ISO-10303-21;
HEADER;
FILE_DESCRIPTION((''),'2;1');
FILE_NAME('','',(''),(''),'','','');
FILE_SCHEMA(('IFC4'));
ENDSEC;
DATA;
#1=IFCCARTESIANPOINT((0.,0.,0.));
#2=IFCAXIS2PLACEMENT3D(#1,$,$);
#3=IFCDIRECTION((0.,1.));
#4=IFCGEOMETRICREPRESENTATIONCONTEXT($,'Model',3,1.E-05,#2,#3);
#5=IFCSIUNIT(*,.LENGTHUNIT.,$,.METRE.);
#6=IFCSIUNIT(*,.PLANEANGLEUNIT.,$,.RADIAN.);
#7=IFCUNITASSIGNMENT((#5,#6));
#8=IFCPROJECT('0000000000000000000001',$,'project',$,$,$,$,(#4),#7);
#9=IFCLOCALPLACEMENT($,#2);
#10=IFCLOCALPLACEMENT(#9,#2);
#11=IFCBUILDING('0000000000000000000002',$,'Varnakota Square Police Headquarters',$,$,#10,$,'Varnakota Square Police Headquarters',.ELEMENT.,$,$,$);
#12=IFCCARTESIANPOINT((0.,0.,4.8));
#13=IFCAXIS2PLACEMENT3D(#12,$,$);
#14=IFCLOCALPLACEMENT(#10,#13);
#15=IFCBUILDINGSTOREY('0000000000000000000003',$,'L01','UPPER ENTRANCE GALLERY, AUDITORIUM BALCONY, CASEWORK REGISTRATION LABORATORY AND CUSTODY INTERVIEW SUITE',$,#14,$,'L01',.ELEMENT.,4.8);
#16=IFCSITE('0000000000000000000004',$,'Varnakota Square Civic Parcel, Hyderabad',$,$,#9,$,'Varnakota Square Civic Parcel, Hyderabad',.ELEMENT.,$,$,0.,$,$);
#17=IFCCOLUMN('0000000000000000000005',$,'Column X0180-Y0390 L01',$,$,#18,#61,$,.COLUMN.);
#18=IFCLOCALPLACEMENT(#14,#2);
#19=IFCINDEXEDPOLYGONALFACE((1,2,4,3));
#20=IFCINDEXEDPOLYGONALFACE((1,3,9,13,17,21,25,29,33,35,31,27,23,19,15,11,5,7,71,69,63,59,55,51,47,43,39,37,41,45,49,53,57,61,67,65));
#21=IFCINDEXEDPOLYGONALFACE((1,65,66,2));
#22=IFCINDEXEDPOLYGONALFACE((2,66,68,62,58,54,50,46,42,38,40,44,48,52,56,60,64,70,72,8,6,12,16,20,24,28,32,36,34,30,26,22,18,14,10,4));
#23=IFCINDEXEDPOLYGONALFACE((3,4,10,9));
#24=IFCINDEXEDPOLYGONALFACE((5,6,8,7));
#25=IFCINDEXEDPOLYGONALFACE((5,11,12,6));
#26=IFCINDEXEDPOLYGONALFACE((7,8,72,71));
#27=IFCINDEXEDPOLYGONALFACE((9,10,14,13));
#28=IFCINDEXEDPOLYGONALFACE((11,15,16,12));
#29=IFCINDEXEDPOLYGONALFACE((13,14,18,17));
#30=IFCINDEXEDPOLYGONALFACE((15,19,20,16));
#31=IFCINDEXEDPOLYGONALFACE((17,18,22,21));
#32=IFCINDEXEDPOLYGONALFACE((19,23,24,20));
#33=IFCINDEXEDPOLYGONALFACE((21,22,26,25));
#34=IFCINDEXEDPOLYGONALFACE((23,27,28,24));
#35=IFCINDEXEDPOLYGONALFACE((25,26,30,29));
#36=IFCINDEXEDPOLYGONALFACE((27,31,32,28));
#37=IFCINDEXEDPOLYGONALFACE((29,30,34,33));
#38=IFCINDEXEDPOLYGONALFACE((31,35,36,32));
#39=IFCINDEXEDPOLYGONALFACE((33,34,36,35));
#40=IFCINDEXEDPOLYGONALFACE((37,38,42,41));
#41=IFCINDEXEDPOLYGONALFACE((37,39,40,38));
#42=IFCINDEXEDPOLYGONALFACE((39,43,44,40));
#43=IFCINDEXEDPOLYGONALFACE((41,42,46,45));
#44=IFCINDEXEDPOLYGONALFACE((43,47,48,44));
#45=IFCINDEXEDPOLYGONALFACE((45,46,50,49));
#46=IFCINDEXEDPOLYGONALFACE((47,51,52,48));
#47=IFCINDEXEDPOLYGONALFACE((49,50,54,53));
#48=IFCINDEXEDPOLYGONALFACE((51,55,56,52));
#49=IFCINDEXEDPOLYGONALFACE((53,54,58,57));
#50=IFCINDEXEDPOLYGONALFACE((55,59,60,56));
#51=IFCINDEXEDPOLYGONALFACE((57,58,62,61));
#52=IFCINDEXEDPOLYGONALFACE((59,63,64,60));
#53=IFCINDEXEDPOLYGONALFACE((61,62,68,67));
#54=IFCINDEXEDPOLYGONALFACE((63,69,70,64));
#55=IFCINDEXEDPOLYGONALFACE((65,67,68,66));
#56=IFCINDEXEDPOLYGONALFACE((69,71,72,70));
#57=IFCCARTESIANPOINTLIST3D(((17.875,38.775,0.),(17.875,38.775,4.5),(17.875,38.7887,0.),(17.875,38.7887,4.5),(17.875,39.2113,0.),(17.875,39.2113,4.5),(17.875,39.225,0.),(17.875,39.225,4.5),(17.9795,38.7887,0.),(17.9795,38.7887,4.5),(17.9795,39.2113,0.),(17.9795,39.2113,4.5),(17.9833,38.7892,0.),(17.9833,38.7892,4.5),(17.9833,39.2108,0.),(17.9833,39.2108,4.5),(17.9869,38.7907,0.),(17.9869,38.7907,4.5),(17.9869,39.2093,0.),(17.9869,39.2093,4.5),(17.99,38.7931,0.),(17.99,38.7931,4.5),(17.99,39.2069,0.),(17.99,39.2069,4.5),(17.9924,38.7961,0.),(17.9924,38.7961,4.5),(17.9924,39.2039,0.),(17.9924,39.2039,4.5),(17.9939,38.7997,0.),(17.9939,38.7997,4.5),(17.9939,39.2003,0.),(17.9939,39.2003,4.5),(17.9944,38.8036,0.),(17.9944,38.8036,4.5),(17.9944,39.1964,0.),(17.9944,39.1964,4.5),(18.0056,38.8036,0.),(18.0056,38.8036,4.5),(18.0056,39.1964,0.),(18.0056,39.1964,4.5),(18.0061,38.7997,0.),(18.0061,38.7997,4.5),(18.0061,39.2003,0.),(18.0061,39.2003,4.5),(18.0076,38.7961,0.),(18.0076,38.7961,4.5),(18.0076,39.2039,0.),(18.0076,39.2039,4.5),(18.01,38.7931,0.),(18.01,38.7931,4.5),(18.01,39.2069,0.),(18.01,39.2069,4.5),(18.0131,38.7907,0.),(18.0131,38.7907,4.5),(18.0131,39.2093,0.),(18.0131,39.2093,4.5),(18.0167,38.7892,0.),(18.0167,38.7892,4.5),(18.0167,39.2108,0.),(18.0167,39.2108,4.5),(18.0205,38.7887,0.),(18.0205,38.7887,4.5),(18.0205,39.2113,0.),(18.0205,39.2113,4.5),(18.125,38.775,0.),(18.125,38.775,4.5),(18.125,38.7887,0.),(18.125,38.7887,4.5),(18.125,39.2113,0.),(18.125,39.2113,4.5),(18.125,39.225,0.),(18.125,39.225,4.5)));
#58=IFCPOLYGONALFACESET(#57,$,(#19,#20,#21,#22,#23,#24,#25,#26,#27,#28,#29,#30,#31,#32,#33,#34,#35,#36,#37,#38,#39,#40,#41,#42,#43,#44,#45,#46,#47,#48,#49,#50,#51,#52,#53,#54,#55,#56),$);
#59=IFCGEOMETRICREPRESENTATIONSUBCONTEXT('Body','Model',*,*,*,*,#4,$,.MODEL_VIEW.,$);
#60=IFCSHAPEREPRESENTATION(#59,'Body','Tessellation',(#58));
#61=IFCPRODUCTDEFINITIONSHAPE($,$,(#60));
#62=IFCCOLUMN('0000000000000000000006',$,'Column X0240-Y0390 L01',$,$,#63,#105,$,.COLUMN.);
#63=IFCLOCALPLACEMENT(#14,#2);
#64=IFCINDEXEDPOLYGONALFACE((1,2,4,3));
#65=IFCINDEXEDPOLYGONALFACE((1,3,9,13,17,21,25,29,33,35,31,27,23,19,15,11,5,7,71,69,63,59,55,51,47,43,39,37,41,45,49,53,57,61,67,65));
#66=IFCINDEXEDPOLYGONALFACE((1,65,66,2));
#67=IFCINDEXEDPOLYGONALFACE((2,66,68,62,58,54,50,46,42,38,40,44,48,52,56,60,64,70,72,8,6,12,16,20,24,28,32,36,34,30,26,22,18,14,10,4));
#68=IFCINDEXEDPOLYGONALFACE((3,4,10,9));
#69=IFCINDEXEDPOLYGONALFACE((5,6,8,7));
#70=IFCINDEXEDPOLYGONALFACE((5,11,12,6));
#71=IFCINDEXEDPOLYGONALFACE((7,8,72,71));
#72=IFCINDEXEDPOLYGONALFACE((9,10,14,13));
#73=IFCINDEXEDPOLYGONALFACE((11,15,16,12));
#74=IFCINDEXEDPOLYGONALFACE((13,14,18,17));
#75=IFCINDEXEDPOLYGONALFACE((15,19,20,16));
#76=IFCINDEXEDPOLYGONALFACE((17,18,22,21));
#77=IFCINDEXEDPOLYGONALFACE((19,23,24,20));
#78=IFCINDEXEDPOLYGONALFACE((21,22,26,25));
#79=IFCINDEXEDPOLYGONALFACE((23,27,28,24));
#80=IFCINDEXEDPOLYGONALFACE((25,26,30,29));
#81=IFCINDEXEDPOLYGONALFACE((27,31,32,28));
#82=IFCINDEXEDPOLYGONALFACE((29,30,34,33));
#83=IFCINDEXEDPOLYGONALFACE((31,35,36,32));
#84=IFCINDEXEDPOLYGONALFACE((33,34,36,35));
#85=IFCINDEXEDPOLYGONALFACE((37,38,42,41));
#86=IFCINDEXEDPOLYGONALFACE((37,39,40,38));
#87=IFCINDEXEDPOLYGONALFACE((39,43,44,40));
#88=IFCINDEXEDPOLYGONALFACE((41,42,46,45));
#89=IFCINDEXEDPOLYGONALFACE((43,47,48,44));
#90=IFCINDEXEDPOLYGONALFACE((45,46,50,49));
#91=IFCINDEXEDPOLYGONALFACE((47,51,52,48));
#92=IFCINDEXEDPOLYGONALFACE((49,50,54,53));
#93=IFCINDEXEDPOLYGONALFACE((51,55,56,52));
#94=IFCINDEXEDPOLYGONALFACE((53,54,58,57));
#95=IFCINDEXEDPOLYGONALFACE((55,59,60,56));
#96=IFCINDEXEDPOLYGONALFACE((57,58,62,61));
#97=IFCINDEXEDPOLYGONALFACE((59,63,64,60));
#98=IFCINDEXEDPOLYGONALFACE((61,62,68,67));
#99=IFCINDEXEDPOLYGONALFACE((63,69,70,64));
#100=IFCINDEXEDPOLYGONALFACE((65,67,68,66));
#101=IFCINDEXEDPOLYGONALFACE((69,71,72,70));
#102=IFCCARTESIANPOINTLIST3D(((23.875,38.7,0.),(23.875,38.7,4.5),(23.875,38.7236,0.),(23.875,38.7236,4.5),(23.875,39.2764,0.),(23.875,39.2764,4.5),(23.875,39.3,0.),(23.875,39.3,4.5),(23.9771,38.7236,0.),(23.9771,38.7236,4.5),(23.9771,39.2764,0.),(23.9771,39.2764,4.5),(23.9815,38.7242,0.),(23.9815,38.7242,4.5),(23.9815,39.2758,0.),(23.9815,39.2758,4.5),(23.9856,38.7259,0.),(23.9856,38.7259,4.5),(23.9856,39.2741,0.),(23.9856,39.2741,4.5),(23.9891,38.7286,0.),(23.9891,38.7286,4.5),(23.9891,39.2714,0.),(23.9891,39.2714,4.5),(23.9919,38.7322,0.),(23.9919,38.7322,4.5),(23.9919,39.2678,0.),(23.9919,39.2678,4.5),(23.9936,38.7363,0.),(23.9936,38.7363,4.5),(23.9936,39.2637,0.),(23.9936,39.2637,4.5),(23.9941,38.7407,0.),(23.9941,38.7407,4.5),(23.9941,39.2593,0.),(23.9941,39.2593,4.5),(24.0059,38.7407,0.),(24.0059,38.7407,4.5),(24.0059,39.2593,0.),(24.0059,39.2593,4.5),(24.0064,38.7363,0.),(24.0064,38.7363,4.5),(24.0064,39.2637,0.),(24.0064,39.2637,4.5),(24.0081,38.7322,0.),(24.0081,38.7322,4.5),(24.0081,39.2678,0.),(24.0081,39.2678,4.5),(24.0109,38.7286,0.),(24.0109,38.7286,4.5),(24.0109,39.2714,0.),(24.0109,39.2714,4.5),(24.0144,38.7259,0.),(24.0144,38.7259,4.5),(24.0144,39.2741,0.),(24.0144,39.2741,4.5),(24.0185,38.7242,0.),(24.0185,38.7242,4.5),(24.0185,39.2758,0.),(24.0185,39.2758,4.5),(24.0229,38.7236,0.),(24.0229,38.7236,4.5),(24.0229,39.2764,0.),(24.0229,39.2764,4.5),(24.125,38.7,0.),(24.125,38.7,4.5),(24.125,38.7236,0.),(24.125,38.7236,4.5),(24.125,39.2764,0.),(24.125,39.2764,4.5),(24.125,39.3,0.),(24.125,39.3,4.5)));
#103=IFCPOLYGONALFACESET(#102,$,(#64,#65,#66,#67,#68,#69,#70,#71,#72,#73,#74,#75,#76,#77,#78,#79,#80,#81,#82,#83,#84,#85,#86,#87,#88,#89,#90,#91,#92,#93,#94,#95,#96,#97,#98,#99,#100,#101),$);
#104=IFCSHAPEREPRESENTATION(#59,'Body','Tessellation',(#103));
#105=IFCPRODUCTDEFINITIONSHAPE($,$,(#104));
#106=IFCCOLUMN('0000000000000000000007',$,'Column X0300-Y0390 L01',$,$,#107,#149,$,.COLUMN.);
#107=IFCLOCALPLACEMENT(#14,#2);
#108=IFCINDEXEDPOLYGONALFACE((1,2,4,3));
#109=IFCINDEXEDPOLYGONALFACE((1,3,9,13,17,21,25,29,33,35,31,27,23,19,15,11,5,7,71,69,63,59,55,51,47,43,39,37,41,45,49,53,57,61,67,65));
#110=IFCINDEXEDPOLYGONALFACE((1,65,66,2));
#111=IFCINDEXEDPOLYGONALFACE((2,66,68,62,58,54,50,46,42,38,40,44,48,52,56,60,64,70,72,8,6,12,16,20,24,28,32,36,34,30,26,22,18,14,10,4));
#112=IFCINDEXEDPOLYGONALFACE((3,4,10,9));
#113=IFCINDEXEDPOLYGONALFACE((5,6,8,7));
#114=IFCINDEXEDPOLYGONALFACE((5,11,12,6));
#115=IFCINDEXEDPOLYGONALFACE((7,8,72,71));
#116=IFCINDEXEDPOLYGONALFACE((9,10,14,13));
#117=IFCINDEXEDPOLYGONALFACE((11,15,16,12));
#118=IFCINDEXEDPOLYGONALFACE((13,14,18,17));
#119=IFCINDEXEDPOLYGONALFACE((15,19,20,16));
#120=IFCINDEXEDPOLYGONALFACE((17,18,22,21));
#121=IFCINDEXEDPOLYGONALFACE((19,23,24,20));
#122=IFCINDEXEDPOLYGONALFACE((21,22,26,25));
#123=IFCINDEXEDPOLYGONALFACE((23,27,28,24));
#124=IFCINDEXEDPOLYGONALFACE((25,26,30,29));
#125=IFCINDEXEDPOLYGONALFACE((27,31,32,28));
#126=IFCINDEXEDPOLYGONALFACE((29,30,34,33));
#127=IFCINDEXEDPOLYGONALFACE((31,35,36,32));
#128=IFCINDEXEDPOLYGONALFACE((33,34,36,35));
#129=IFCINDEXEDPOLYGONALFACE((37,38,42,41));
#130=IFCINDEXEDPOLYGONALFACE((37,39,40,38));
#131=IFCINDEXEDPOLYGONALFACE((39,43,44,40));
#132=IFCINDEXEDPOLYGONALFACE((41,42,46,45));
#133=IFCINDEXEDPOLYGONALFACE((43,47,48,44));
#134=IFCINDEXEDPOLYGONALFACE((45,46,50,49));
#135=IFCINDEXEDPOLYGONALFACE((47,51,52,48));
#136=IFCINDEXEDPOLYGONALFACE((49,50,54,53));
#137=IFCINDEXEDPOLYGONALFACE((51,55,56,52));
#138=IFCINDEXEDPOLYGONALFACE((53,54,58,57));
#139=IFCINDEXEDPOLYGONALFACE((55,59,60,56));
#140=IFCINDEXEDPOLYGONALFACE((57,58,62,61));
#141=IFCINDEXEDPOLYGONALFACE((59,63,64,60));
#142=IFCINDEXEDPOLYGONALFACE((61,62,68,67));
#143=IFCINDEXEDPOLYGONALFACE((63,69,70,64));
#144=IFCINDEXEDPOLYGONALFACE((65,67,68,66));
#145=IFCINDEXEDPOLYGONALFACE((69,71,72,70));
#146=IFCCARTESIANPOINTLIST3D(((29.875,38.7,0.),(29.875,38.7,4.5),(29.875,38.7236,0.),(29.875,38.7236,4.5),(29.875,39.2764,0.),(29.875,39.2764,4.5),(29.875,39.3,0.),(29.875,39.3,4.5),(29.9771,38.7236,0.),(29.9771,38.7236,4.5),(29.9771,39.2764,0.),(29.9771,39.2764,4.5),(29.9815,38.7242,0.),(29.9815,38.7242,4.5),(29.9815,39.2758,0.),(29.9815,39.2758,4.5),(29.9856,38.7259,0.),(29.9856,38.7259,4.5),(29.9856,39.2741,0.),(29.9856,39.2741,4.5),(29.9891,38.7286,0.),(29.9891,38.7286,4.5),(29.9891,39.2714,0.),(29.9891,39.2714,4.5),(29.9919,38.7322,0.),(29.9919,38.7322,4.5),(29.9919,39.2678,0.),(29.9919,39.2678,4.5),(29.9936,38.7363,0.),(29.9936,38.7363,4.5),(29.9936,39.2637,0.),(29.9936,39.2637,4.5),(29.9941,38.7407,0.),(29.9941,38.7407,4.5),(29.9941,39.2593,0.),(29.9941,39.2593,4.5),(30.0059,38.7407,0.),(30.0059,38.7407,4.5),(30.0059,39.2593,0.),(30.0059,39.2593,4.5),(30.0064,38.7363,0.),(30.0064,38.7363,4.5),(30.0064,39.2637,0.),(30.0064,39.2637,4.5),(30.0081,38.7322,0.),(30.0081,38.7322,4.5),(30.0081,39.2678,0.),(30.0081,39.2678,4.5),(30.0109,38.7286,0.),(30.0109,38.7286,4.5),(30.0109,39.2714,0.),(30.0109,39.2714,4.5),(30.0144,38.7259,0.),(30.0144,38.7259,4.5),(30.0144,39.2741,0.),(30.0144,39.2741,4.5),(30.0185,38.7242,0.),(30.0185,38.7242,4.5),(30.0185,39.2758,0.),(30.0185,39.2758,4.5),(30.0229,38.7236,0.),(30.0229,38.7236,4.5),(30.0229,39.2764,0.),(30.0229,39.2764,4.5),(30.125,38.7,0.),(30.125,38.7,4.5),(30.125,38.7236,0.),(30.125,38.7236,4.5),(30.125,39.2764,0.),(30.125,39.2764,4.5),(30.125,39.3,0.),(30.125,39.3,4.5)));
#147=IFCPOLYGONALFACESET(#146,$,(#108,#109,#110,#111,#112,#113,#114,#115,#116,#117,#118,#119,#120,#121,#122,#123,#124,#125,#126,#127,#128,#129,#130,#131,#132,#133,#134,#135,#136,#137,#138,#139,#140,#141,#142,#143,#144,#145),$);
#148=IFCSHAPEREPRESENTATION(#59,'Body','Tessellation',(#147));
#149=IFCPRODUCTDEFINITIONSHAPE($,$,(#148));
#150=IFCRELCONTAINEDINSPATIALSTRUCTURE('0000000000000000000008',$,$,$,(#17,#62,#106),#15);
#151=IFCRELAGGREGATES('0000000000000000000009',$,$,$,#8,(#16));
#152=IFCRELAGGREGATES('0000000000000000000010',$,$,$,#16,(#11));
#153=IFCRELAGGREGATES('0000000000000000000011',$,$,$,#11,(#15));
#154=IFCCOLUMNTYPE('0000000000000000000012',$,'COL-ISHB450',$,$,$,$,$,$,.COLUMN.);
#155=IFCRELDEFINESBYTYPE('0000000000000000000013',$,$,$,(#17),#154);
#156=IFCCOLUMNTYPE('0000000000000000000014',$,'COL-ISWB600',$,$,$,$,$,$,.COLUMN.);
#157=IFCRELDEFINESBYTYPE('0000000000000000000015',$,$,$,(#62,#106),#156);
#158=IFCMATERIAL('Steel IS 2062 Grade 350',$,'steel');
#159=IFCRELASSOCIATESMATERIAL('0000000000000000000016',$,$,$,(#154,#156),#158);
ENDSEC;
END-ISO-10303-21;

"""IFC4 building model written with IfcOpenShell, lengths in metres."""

from ifc_helpers import new_model, si_unit, direction, frame, origin, origin_2d, place, context, subcontext, project, spatial, i_section, extrude, material, material_profile, profile_set, type_object, element, save


model = new_model("IFC4")

# Units and contexts
model_context = context("Model", 3, precision=1e-05, world=origin(), true_north=direction((0.0, 1.0)))
body_context = subcontext(model_context, "Body", "Model", "MODEL_VIEW")
ifc_project = project(units=[si_unit("LENGTHUNIT", "METRE"), si_unit("PLANEANGLEUNIT", "RADIAN")], contexts=[model_context])

# Site, building, storey
site_placement = place(None, origin())
site = spatial("IfcSite", under=ifc_project, at=site_placement, Name="Varnakota Square Civic Parcel, Hyderabad", LongName="Varnakota Square Civic Parcel, Hyderabad", CompositionType="ELEMENT", RefElevation=0.0)
building_placement = place(site_placement, origin())
building = spatial("IfcBuilding", under=site, at=building_placement, Name="Varnakota Square Police Headquarters", LongName="Varnakota Square Police Headquarters", CompositionType="ELEMENT")
storey_placement = place(building_placement, frame((0.0, 0.0, 4.8)))
storey = spatial("IfcBuildingStorey", under=building, at=storey_placement, Name="L01", Description="UPPER ENTRANCE GALLERY, AUDITORIUM BALCONY, CASEWORK REGISTRATION LABORATORY AND CUSTODY INTERVIEW SUITE", LongName="L01", CompositionType="ELEMENT", Elevation=4.8)

# Columns
ifc_material_1 = material(Name="Steel IS 2062 Grade 350", Category="steel")
ifc_material_profile_1 = material_profile(ifc_material_1, i_section(OverallWidth=0.25, OverallDepth=0.45, WebThickness=0.0112, FlangeThickness=0.0137, FilletRadius=0.0149, at=origin_2d()), Name="ISHB 450")
ifc_profile_set_1 = profile_set([ifc_material_profile_1], Name="Steel IS 2062 Grade 350")
column_type_1 = type_object("IfcColumnType", Name="COL-ISHB450", PredefinedType="COLUMN", material=ifc_profile_set_1)
column_placement = place(storey_placement, frame((18.0, 39.0, 0.0), z_axis=(0.0, 0.0, 1.0), x_axis=(1.0, 0.0, 0.0)))
element("IfcColumn", 1, at=column_placement, inside=storey, type_object=column_type_1, Name="Column X0180-Y0390 L01", PredefinedType="COLUMN", context=body_context, shape_type="SweptSolid", body=[
    extrude(i_section(OverallWidth=0.25, OverallDepth=0.45, WebThickness=0.0112, FlangeThickness=0.0137, FilletRadius=0.0149, at=origin_2d()), origin(), (0.0, 0.0, 1.0), 4.5),
])
ifc_material_profile_2 = material_profile(ifc_material_1, i_section(OverallWidth=0.25, OverallDepth=0.6001, WebThickness=0.0117, FlangeThickness=0.0237, FilletRadius=0.0171, at=origin_2d()), Name="ISWB 600")
ifc_profile_set_2 = profile_set([ifc_material_profile_2], Name="Steel IS 2062 Grade 350")
column_type_2 = type_object("IfcColumnType", Name="COL-ISWB600", PredefinedType="COLUMN", material=ifc_profile_set_2)
for number, where, z_axis, x_axis, name in (
    (2, (24.0, 39.0, 0.0), (0.0, 0.0, 1.0), (1.0, 0.0, 0.0), "Column X0240-Y0390 L01"),
    (3, (30.0, 39.0, 0.0), (0.0, 0.0, 1.0), (1.0, 0.0, 0.0), "Column X0300-Y0390 L01"),
):
    element("IfcColumn", number, at=place(storey_placement, frame(where, z_axis=z_axis, x_axis=x_axis)), inside=storey, type_object=column_type_2, Name=name, PredefinedType="COLUMN", context=body_context, shape_type="SweptSolid", body=[
        extrude(i_section(OverallWidth=0.25, OverallDepth=0.6001, WebThickness=0.0117, FlangeThickness=0.0237, FilletRadius=0.0171, at=origin_2d()), origin(), (0.0, 0.0, 1.0), 4.5),
    ])

save(model, "model.ifc")
